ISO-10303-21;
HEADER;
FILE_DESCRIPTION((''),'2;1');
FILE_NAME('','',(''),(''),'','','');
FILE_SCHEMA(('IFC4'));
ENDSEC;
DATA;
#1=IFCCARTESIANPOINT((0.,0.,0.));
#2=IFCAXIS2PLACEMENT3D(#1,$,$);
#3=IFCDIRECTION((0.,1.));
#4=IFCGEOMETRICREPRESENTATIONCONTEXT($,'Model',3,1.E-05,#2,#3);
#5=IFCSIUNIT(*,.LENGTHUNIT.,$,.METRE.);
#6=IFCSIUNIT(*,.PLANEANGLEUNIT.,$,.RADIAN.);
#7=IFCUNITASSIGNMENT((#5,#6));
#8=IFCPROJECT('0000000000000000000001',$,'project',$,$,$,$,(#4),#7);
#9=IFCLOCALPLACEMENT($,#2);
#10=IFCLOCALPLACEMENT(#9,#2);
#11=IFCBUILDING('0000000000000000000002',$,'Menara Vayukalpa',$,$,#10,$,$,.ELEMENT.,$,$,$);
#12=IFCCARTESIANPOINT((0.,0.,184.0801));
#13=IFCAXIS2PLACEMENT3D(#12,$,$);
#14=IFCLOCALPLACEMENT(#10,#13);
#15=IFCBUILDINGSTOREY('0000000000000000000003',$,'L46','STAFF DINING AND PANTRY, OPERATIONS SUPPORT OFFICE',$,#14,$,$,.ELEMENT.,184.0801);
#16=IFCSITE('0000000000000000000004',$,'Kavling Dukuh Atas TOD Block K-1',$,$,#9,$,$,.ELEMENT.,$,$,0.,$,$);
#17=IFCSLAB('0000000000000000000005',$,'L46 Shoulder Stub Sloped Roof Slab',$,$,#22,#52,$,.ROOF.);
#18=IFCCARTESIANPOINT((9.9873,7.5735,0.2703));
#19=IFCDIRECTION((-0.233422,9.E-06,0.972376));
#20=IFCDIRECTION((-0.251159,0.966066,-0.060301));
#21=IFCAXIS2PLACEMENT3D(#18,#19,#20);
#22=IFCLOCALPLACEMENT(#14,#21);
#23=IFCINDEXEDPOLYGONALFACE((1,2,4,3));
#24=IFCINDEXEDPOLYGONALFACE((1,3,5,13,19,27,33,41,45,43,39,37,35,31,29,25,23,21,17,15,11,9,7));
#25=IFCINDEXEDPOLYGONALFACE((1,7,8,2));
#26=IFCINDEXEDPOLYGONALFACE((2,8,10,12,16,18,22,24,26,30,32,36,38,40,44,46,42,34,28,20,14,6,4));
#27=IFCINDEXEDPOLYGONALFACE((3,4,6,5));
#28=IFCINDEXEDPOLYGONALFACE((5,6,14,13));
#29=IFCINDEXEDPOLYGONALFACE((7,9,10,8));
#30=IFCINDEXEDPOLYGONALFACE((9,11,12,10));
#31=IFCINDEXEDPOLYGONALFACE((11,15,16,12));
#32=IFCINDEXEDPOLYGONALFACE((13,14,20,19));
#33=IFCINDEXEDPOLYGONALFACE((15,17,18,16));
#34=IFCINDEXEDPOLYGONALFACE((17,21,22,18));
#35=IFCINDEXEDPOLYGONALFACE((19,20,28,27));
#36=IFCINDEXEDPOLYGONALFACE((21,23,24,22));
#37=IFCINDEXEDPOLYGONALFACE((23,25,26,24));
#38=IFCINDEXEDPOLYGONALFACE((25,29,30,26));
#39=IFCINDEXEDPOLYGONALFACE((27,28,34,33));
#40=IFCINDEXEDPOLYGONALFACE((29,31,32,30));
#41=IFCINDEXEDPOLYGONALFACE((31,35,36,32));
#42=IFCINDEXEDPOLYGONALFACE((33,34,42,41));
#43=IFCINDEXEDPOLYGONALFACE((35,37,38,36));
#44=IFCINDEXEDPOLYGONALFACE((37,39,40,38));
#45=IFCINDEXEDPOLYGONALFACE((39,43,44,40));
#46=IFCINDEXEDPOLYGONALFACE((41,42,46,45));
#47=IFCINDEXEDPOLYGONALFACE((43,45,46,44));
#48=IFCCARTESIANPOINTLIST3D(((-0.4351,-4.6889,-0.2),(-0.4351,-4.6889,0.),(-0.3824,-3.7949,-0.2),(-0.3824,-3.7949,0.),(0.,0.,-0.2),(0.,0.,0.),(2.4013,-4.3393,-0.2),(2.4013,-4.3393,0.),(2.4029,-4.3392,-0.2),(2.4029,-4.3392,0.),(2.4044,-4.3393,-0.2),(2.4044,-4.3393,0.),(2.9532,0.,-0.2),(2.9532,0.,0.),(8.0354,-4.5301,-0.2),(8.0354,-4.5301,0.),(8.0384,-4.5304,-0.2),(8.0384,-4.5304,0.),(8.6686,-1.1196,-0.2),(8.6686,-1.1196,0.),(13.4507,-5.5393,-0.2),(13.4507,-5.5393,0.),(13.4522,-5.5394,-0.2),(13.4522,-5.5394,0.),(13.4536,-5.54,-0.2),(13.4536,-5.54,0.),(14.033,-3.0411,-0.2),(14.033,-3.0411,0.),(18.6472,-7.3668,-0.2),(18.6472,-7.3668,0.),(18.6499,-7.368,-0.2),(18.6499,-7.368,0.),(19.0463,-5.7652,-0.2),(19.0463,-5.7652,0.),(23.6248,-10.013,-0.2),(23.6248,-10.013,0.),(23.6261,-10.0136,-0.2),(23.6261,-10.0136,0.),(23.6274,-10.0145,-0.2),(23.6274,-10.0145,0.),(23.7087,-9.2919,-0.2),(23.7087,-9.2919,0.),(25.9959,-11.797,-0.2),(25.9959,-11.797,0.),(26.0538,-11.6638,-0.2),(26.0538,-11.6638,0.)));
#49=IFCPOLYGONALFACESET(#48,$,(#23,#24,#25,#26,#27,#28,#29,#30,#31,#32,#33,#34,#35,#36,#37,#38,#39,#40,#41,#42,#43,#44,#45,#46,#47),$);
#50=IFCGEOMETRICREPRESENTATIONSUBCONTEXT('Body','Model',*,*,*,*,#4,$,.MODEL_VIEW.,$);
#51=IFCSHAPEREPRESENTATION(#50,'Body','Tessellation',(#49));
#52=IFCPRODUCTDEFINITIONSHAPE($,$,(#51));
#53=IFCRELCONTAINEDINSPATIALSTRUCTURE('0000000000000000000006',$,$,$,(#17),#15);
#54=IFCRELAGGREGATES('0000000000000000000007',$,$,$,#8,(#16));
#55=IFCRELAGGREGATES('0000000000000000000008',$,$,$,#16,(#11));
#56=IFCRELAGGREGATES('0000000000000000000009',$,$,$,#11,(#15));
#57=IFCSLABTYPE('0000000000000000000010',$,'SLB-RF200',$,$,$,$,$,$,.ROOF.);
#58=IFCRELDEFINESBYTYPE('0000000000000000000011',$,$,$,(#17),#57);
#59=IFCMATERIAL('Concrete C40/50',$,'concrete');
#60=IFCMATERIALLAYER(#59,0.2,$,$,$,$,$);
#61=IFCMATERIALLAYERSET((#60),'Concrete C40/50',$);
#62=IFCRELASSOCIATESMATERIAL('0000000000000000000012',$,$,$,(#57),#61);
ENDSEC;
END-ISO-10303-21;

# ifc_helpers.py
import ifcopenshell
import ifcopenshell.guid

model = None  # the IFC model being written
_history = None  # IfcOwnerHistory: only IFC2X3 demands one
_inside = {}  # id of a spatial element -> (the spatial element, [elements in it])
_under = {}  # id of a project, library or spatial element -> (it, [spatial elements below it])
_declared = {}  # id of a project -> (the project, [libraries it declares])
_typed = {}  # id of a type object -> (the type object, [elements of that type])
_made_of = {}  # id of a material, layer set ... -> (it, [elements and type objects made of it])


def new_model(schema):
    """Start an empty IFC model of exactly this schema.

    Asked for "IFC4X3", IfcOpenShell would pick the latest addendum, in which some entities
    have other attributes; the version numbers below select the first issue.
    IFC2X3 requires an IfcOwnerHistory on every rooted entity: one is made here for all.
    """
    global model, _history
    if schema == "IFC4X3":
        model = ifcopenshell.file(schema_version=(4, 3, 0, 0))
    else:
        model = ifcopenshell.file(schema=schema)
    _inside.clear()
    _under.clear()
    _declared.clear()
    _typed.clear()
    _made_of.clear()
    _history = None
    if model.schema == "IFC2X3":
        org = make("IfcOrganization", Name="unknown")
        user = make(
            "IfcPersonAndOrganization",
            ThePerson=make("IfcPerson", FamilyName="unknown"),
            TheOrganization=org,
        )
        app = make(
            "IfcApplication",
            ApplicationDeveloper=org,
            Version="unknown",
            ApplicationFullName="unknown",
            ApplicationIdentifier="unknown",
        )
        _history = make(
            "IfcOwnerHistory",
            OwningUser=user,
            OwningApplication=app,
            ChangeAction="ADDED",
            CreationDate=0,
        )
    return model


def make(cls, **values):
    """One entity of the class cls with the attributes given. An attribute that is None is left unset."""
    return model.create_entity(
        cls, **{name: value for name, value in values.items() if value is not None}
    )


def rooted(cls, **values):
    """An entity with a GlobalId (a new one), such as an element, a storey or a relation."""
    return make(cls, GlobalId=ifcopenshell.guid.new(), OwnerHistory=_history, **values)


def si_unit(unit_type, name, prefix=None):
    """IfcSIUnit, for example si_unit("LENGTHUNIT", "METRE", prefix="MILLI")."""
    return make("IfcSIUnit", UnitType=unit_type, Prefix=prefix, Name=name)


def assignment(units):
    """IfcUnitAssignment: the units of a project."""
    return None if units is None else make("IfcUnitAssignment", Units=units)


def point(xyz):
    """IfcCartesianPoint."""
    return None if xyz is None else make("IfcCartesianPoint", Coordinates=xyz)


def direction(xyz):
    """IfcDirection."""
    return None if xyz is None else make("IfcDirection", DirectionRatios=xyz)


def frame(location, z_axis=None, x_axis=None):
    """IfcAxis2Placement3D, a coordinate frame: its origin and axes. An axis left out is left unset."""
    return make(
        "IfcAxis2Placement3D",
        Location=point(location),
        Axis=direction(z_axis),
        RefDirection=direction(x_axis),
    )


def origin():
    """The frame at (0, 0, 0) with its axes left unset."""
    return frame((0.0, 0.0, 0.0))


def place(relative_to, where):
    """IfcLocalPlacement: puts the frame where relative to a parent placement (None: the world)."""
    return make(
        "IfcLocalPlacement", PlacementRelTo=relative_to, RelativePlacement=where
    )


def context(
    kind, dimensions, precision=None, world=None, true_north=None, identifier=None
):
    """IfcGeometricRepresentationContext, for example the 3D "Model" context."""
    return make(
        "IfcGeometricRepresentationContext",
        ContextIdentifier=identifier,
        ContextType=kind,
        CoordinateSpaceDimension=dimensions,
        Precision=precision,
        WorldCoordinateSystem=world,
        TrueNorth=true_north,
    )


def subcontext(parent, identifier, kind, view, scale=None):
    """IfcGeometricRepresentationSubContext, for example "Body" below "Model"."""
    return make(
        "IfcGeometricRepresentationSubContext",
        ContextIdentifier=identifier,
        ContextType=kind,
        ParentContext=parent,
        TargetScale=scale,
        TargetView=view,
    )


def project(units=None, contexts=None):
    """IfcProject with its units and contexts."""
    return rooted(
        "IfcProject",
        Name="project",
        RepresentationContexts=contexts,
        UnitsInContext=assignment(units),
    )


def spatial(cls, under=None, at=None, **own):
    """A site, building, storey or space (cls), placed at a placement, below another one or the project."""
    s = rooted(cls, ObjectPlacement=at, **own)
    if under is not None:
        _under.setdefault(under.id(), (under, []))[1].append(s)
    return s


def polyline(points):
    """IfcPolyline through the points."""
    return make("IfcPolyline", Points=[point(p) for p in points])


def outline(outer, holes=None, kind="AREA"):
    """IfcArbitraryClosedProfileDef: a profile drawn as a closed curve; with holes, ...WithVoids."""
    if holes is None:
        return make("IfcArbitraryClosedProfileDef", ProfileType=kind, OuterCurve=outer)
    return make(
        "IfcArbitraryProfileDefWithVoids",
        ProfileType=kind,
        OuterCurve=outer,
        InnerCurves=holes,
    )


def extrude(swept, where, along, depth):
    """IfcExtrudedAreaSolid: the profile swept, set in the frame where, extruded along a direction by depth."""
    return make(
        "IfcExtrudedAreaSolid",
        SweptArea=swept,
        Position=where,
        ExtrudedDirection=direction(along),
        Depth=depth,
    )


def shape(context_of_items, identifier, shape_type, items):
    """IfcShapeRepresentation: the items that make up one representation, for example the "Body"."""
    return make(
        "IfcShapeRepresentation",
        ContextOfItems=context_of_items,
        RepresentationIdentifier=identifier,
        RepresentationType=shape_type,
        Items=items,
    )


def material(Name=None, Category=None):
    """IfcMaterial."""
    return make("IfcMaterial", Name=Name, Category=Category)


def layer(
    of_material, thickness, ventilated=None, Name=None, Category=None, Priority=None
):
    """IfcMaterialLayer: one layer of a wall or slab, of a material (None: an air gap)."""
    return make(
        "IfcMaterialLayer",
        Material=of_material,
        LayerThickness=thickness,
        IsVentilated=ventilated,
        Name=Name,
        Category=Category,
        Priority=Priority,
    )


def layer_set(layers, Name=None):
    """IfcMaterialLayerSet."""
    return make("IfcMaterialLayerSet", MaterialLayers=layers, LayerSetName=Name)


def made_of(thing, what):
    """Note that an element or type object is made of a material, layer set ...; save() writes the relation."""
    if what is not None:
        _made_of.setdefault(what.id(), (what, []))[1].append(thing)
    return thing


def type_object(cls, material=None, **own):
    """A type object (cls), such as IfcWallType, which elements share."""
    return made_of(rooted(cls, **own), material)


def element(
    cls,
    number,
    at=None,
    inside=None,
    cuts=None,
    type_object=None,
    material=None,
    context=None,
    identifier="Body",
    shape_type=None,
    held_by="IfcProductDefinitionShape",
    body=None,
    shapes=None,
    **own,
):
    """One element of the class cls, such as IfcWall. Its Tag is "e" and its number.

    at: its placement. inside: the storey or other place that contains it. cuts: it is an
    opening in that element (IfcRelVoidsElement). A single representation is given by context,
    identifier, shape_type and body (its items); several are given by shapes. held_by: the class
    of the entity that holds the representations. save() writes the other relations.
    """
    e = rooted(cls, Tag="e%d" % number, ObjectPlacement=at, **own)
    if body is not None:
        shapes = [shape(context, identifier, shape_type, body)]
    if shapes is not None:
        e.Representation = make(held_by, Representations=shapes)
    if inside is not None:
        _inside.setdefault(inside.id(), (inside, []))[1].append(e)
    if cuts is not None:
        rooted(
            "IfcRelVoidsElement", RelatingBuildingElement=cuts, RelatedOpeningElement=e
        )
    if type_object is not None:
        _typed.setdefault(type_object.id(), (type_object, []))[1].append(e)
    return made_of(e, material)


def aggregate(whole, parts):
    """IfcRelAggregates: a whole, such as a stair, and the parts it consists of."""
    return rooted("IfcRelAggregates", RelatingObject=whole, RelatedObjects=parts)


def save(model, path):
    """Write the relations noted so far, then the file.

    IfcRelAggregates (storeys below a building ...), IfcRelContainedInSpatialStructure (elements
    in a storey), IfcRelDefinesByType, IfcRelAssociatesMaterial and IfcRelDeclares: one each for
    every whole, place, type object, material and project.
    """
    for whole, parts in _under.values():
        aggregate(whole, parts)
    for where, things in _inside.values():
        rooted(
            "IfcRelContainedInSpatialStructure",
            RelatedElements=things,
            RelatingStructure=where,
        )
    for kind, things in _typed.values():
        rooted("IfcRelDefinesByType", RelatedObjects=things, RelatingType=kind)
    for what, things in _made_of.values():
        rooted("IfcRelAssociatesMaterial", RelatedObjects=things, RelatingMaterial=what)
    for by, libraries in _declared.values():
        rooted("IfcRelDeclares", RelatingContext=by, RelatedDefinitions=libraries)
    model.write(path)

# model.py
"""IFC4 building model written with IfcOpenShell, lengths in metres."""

from ifc_helpers import new_model, si_unit, direction, frame, origin, place, context, subcontext, project, spatial, polyline, outline, extrude, material, layer, layer_set, type_object, element, save


model = new_model("IFC4")

# Units and contexts
model_context = context("Model", 3, precision=1e-05, world=origin(), true_north=direction((0.0, 1.0)))
body_context = subcontext(model_context, "Body", "Model", "MODEL_VIEW")
ifc_project = project(units=[si_unit("LENGTHUNIT", "METRE"), si_unit("PLANEANGLEUNIT", "RADIAN")], contexts=[model_context])

# Site, building, storey
site_placement = place(None, origin())
site = spatial("IfcSite", under=ifc_project, at=site_placement, Name="Kavling Dukuh Atas TOD Block K-1", CompositionType="ELEMENT", RefElevation=0.0)
building_placement = place(site_placement, origin())
building = spatial("IfcBuilding", under=site, at=building_placement, Name="Menara Vayukalpa", CompositionType="ELEMENT")
storey_placement = place(building_placement, frame((0.0, 0.0, 184.0801)))
storey = spatial("IfcBuildingStorey", under=building, at=storey_placement, Name="L46", Description="STAFF DINING AND PANTRY, OPERATIONS SUPPORT OFFICE", CompositionType="ELEMENT", Elevation=184.0801)

# Slab
ifc_material_1 = material(Name="Concrete C40/50", Category="concrete")
ifc_layer_1 = layer(ifc_material_1, 0.2)
ifc_layer_set_1 = layer_set([ifc_layer_1], Name="Concrete C40/50")
slab_type_1 = type_object("IfcSlabType", Name="SLB-RF200", PredefinedType="ROOF", material=ifc_layer_set_1)
slab_1_placement = place(storey_placement, frame((9.9873, 7.5735, 0.2703), z_axis=(-0.233422, 0.000009, 0.972376), x_axis=(-0.251159, 0.966066, -0.060301)))
element("IfcSlab", 1, at=slab_1_placement, inside=storey, type_object=slab_type_1, Name="L46 Shoulder Stub Sloped Roof Slab", PredefinedType="ROOF", context=body_context, shape_type="SweptSolid", body=[
    extrude(outline(polyline([(0.0, 0.0), (2.9532, 0.0), (8.6686, -1.1196), (14.033, -3.0411), (19.0463, -5.7652), (23.7087, -9.2919), (26.0538, -11.6638), (25.9959, -11.797), (23.6274, -10.0145), (23.6261, -10.0136), (23.6248, -10.013), (18.6499, -7.368), (18.6472, -7.3668), (13.4536, -5.54), (13.4522, -5.5394), (13.4507, -5.5393), (8.0384, -4.5304), (8.0354, -4.5301), (2.4044, -4.3393), (2.4029, -4.3392), (2.4013, -4.3393), (-0.4351, -4.6889), (-0.3824, -3.7949), (0.0, 0.0)])), origin(), (0.0, 0.0, -1.0), 0.2),
])

save(model, "model.ifc")
